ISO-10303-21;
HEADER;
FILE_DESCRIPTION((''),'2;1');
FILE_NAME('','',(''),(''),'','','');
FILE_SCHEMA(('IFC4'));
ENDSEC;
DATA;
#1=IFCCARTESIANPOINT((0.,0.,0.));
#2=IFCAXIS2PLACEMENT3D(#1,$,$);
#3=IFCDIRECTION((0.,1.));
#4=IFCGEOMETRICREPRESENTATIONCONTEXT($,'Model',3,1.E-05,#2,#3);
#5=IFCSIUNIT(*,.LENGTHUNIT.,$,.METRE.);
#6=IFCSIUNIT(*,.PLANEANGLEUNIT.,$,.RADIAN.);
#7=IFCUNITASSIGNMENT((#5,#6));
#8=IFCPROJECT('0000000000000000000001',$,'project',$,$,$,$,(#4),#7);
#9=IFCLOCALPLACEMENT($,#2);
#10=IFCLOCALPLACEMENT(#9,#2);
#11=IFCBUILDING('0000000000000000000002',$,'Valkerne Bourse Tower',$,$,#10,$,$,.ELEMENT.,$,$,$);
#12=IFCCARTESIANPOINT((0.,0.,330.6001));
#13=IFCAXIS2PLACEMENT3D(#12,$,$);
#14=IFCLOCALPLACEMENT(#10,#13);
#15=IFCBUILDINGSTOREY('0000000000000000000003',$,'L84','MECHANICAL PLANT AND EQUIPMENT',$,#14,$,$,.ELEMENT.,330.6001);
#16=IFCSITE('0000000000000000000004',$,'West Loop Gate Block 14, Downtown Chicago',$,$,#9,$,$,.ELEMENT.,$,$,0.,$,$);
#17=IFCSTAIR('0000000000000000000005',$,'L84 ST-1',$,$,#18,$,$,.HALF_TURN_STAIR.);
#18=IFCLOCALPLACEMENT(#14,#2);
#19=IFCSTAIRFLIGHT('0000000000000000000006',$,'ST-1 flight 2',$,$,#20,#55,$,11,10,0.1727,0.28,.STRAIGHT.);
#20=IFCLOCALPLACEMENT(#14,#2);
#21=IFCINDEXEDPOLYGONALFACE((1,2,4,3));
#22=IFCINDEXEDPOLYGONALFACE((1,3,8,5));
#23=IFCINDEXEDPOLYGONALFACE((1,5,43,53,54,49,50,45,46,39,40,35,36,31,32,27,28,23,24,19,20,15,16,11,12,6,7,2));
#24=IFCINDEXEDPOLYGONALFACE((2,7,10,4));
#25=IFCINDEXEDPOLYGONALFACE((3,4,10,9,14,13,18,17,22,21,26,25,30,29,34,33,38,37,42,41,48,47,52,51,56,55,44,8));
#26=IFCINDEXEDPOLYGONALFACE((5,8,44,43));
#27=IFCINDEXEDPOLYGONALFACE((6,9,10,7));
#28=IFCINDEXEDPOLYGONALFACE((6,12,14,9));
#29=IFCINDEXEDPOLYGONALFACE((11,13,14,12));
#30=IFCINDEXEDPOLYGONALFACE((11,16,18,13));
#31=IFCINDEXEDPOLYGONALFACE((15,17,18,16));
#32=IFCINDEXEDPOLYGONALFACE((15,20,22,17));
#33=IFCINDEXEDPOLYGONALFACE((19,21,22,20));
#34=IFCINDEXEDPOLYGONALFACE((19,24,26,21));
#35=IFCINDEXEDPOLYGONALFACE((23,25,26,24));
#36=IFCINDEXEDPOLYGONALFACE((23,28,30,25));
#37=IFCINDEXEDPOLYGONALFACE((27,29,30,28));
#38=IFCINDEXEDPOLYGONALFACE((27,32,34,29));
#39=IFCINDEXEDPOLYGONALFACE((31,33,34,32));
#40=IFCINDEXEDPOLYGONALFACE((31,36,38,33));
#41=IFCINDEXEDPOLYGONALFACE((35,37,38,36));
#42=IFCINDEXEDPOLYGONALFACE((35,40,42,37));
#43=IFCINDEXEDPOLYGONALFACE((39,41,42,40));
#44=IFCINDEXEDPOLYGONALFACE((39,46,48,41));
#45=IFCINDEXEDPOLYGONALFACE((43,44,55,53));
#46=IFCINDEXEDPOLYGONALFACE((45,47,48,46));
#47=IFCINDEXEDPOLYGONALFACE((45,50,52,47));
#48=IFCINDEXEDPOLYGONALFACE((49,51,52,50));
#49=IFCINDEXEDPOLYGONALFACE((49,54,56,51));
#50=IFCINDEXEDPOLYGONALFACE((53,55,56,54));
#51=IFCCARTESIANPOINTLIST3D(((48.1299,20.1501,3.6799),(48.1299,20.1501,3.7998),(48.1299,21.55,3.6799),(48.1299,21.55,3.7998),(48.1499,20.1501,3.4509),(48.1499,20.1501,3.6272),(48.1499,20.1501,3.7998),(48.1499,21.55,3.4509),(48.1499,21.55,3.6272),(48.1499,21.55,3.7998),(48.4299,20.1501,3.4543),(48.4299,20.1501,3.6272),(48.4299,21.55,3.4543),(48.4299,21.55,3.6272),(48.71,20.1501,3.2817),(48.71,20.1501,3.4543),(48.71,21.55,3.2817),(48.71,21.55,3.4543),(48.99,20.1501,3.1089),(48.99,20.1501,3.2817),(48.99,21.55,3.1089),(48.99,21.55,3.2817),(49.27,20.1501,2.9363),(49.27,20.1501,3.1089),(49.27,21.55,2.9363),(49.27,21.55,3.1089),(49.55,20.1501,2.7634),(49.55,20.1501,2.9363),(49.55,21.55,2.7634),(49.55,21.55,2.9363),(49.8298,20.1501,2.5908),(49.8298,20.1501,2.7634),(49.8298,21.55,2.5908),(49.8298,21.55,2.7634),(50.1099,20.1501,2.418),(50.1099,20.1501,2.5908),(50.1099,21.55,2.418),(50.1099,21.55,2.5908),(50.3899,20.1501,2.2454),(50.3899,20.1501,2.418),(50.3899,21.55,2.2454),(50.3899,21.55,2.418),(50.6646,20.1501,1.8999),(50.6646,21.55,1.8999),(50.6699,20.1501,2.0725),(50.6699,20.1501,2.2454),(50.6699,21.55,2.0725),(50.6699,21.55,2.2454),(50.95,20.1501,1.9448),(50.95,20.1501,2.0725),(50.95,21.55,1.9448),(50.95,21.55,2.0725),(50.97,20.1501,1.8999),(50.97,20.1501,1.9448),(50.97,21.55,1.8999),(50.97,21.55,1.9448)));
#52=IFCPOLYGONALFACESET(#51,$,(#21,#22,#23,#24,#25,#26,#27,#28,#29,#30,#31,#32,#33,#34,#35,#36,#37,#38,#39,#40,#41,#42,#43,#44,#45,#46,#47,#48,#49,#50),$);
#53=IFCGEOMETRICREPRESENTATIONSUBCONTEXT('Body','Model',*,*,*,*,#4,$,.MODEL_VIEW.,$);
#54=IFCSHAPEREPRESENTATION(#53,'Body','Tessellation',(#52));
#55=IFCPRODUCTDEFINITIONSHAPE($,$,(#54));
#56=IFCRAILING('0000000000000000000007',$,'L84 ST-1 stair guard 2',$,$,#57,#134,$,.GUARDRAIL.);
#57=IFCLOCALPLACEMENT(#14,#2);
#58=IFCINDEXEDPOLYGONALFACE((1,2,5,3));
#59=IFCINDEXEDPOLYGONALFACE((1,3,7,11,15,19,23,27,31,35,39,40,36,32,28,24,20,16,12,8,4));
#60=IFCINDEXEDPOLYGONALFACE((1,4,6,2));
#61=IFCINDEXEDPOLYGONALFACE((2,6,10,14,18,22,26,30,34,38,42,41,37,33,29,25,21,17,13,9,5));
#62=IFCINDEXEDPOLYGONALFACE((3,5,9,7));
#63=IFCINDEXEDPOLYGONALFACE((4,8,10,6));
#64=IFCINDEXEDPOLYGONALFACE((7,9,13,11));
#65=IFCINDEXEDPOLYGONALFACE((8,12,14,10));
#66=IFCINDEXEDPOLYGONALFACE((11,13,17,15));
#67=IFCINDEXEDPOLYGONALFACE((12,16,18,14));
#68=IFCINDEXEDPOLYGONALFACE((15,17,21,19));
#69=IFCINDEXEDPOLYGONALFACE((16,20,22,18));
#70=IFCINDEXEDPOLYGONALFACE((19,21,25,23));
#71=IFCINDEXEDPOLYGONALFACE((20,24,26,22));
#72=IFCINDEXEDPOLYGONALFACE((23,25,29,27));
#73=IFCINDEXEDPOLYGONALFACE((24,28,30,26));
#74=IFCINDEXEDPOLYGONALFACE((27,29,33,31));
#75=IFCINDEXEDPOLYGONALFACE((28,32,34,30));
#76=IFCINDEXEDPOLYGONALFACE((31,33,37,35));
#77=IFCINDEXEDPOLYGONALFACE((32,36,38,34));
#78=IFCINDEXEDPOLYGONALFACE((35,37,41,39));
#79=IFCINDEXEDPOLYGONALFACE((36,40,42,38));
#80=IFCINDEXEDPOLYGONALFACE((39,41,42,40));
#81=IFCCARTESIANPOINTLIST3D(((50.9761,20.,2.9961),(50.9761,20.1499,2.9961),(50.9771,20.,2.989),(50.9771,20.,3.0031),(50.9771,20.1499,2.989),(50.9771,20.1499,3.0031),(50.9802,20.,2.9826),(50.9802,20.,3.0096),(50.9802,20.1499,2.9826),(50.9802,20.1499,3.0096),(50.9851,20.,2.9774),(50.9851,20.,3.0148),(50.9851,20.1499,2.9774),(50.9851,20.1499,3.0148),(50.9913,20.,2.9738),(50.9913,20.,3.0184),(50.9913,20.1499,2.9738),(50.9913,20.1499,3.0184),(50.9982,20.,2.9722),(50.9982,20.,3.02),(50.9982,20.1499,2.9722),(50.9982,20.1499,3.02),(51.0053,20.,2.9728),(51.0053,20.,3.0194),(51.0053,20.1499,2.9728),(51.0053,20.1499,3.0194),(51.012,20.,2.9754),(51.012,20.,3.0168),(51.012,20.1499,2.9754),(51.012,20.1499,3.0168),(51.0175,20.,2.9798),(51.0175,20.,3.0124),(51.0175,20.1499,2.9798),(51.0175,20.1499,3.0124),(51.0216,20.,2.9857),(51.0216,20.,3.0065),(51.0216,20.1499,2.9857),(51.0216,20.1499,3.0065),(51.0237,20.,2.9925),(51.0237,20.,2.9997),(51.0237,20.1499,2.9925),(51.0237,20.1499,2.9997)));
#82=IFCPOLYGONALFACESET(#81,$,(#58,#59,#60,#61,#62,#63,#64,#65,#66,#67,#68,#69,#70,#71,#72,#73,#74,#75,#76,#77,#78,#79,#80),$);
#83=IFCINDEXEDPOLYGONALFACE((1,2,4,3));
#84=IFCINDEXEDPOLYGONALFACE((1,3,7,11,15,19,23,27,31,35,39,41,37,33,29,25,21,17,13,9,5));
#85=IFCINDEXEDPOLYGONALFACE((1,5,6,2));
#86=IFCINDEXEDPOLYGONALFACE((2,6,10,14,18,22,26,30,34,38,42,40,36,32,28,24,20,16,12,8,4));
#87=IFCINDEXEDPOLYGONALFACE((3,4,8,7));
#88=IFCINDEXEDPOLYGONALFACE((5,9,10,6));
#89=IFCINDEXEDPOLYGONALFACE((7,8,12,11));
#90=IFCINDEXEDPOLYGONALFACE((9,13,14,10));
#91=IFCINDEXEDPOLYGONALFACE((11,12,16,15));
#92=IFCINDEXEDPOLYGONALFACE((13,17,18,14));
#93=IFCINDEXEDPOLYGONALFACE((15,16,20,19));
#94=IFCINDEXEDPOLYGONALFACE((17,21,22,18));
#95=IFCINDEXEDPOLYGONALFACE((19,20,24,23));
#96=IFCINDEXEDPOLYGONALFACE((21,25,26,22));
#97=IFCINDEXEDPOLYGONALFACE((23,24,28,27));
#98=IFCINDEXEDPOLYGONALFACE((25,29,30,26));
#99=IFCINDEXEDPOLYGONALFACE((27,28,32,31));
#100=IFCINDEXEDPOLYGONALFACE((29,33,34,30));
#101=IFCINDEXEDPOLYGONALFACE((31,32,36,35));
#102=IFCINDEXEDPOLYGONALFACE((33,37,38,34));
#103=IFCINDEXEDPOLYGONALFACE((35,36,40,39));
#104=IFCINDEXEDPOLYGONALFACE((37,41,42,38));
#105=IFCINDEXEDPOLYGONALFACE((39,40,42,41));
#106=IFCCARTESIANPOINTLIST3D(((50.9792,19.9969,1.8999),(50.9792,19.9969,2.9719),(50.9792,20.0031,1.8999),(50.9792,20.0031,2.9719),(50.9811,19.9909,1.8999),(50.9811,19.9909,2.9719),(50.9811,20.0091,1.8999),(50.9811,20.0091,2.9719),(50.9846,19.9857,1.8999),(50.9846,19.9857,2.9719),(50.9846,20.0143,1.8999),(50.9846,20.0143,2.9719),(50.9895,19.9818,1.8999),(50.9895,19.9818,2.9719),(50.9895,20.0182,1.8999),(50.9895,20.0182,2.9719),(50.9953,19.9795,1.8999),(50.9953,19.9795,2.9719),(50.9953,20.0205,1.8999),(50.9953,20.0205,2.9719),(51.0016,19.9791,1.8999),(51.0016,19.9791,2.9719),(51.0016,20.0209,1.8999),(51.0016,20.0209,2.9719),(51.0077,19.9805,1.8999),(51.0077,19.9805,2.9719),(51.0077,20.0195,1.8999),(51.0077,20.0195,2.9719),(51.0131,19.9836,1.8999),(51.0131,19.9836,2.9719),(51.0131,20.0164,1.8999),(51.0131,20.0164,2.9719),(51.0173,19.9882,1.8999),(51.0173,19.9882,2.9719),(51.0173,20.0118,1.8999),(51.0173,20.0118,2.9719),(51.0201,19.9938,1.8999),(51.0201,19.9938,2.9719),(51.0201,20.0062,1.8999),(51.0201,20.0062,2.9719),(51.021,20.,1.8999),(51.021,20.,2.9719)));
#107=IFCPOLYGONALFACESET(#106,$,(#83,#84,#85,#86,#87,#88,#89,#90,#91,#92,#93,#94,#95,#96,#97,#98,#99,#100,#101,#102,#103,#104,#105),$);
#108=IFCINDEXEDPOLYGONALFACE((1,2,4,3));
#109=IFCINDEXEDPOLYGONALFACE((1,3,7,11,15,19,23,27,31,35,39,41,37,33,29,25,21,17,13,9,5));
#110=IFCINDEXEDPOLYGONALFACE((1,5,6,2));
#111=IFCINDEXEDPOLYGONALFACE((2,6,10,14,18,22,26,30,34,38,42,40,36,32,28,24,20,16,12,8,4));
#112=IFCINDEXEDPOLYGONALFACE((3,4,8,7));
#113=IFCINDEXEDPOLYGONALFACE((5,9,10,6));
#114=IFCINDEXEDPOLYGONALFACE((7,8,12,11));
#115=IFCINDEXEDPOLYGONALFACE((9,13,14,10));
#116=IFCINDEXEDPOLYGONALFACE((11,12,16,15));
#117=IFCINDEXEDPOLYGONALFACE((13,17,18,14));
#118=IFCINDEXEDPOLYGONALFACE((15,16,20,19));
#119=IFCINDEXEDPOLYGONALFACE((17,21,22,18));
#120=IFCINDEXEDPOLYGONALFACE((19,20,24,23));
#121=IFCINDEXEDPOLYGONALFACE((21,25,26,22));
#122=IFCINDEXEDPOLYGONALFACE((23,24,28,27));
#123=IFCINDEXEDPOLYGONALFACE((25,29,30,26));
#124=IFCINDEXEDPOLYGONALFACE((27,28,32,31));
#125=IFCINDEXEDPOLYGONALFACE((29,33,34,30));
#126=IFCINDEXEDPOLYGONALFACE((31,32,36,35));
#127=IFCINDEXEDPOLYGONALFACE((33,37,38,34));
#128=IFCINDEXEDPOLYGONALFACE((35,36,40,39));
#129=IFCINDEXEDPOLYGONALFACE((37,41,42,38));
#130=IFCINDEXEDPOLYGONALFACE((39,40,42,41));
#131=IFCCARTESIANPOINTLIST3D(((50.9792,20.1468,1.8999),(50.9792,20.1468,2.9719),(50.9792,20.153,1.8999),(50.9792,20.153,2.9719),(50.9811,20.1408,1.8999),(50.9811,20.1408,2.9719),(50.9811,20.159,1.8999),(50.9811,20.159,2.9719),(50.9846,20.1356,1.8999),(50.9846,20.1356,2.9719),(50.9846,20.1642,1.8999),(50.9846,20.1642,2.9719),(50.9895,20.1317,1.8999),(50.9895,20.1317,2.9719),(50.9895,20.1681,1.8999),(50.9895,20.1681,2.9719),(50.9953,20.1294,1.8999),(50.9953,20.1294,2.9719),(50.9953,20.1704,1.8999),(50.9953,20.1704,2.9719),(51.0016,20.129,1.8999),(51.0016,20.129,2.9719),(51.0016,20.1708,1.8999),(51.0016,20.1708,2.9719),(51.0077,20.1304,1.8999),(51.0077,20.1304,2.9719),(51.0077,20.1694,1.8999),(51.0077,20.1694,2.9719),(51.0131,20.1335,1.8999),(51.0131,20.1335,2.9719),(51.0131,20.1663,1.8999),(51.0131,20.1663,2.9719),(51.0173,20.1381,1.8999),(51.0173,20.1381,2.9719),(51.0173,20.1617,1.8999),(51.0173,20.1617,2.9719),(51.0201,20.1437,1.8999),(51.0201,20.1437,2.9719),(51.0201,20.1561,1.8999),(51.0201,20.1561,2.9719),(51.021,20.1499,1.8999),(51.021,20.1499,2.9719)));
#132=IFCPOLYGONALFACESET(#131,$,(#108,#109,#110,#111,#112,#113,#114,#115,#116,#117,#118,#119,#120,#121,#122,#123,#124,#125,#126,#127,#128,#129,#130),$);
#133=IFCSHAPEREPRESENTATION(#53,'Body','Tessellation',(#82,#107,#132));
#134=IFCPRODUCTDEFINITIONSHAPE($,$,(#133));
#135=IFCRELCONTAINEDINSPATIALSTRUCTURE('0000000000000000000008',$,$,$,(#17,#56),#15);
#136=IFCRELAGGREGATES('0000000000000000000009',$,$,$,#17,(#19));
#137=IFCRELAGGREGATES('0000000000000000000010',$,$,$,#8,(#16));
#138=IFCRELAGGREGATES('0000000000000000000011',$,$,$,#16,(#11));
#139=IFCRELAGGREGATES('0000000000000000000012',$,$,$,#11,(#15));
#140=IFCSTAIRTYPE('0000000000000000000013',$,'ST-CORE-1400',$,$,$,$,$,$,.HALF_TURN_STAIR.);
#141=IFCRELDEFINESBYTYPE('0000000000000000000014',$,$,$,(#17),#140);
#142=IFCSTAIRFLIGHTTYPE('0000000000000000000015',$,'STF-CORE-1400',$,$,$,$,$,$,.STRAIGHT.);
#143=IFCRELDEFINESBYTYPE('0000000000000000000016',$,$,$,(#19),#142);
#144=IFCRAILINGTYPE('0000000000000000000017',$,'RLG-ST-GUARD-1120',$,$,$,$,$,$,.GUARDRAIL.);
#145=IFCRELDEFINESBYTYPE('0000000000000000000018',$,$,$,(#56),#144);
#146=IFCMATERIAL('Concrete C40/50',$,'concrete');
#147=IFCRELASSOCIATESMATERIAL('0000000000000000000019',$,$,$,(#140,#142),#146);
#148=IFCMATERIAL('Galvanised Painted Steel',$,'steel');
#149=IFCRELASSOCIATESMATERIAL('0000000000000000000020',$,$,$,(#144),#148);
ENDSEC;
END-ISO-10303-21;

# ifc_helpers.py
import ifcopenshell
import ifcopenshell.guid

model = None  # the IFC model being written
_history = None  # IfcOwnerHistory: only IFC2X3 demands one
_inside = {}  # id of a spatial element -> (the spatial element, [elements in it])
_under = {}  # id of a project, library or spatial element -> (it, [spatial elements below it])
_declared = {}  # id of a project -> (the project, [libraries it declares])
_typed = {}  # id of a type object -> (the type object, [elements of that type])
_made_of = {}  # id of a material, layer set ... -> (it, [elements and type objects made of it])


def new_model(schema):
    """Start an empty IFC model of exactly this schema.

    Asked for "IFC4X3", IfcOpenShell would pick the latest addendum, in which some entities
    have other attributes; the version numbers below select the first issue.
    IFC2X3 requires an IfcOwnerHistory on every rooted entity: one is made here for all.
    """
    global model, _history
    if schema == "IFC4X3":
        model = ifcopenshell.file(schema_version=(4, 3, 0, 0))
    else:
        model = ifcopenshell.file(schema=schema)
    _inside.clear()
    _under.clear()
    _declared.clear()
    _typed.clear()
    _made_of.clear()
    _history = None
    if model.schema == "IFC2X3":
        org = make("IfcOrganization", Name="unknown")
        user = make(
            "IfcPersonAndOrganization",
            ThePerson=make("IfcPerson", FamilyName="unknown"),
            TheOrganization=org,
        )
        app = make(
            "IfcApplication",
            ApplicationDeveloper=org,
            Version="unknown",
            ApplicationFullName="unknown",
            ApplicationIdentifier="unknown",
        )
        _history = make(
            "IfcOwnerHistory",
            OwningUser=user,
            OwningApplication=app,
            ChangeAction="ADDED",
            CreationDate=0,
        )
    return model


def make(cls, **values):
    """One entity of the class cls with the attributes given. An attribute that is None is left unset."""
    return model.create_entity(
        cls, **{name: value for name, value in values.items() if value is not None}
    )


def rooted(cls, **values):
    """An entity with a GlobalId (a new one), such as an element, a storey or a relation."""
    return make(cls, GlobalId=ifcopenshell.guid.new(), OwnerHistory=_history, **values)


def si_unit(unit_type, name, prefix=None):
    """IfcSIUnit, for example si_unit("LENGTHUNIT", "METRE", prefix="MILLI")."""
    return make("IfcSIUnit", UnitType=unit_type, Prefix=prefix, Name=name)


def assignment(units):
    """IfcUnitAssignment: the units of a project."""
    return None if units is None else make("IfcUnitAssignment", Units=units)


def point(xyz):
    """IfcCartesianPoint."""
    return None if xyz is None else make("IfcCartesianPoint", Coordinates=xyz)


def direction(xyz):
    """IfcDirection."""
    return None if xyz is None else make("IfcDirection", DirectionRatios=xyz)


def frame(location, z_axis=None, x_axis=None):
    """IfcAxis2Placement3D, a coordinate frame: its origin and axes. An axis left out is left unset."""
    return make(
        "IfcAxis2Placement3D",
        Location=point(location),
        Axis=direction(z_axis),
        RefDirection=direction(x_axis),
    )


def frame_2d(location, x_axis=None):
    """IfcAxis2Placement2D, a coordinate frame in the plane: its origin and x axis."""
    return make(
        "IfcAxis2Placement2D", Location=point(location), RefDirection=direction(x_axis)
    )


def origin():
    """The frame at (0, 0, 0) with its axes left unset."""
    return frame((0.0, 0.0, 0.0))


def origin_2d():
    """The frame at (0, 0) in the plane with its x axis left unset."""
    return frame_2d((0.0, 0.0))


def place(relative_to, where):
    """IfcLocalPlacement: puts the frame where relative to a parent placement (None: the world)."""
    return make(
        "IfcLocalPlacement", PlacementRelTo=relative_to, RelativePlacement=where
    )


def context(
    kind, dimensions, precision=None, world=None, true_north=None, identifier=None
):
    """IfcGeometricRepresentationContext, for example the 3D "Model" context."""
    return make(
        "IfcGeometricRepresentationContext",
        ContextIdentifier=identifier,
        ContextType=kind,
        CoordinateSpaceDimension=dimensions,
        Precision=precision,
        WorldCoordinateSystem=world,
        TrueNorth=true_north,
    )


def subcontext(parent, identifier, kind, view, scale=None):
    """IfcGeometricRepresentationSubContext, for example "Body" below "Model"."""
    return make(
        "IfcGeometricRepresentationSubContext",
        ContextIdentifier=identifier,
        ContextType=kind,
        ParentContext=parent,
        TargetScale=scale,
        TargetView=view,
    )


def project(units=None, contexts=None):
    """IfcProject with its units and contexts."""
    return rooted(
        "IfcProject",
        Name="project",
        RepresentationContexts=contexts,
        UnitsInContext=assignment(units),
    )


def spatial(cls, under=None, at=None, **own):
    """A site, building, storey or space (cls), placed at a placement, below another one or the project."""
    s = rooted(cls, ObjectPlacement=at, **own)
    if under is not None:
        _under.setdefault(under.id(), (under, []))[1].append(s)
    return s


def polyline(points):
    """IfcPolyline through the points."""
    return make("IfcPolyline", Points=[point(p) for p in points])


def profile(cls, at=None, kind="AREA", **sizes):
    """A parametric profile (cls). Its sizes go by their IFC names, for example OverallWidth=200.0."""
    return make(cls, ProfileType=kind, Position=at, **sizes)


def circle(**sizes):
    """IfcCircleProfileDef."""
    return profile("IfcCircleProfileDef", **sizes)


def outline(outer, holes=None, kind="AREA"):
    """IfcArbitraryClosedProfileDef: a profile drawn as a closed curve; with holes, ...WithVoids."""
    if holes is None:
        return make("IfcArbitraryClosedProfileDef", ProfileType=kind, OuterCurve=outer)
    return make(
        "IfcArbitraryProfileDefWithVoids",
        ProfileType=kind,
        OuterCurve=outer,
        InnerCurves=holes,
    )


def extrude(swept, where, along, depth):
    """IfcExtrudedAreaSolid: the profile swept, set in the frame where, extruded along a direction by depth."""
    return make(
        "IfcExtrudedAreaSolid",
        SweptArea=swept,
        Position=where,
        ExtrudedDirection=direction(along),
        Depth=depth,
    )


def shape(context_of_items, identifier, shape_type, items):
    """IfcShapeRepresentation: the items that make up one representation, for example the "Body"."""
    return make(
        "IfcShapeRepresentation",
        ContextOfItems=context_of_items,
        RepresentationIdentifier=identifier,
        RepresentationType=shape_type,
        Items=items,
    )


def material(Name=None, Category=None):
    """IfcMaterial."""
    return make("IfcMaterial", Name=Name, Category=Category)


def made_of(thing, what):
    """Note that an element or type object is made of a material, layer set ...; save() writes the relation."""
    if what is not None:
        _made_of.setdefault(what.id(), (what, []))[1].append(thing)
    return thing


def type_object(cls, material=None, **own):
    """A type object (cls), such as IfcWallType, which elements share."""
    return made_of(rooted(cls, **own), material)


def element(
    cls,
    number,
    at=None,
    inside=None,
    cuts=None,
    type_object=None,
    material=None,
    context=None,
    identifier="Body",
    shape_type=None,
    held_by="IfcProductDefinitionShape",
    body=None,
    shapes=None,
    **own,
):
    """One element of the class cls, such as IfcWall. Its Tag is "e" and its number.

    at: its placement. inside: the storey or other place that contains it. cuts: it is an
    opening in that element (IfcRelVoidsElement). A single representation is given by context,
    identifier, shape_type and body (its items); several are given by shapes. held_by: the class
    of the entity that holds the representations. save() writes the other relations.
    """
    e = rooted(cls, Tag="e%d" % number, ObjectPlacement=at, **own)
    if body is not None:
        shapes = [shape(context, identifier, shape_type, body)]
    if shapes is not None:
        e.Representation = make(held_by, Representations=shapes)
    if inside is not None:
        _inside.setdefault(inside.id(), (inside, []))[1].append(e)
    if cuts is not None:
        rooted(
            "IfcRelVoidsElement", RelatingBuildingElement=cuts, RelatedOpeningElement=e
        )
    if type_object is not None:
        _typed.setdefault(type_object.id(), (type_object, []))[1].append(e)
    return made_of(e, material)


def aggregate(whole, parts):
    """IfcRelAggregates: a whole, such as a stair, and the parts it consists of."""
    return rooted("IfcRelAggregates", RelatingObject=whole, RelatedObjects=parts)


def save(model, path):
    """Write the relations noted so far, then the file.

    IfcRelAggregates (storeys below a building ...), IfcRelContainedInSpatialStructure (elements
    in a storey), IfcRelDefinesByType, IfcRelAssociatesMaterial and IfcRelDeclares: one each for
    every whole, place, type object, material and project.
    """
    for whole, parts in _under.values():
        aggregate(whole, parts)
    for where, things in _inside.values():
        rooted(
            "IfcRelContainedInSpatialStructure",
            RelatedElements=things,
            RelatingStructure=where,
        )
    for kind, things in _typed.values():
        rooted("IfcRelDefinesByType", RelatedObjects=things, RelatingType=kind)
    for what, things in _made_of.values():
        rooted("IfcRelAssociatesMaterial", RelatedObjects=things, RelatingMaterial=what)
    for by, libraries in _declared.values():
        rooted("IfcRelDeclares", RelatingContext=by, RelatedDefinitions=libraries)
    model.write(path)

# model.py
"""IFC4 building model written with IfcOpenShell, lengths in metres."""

from ifc_helpers import new_model, si_unit, direction, frame, origin, origin_2d, place, context, subcontext, project, spatial, polyline, circle, outline, extrude, material, type_object, element, aggregate, save


model = new_model("IFC4")

# Units and contexts
model_context = context("Model", 3, precision=1e-05, world=origin(), true_north=direction((0.0, 1.0)))
body_context = subcontext(model_context, "Body", "Model", "MODEL_VIEW")
ifc_project = project(units=[si_unit("LENGTHUNIT", "METRE"), si_unit("PLANEANGLEUNIT", "RADIAN")], contexts=[model_context])

# Site, building, storey
site_placement = place(None, origin())
site = spatial("IfcSite", under=ifc_project, at=site_placement, Name="West Loop Gate Block 14, Downtown Chicago", CompositionType="ELEMENT", RefElevation=0.0)
building_placement = place(site_placement, origin())
building = spatial("IfcBuilding", under=site, at=building_placement, Name="Valkerne Bourse Tower", CompositionType="ELEMENT")
storey_placement = place(building_placement, frame((0.0, 0.0, 330.6001)))
storey = spatial("IfcBuildingStorey", under=building, at=storey_placement, Name="L84", Description="MECHANICAL PLANT AND EQUIPMENT", CompositionType="ELEMENT", Elevation=330.6001)

# Shared definitions
ifc_material_1 = material(Name="Galvanised Painted Steel", Category="steel")

# Shared definitions
ifc_material_2 = material(Name="Concrete C40/50", Category="concrete")

# Stair, stair flight
stair_type = type_object("IfcStairType", Name="ST-CORE-1400", PredefinedType="HALF_TURN_STAIR", material=ifc_material_2)
stair_placement = place(storey_placement, origin())
stair = element("IfcStair", 1, at=stair_placement, inside=storey, type_object=stair_type, Name="L84 ST-1", PredefinedType="HALF_TURN_STAIR")
stair_flight_type = type_object("IfcStairFlightType", Name="STF-CORE-1400", PredefinedType="STRAIGHT", material=ifc_material_2)
stair_flight_placement = place(storey_placement, frame((50.95, 20.8501, 1.8999), z_axis=(0.0, 0.0, 1.0), x_axis=(-1.0, 0.0, 0.0)))
stair_flight = element("IfcStairFlight", 2, at=stair_flight_placement, type_object=stair_flight_type, Name="ST-1 flight 2", NumberOfRisers=11, NumberOfTreads=10, PredefinedType="STRAIGHT", RiserHeight=0.1727, TreadLength=0.28, context=body_context, shape_type="SweptSolid", body=[
    extrude(outline(polyline([(-0.02, 0.0), (-0.02, 0.0449), (0.0, 0.0449), (0.0, 0.1726), (0.28, 0.1726), (0.28, 0.3455), (0.5601, 0.3455), (0.5601, 0.5181), (0.8401, 0.5181), (0.8401, 0.6909), (1.1201, 0.6909), (1.1201, 0.8635), (1.3999, 0.8635), (1.3999, 1.0364), (1.6799, 1.0364), (1.6799, 1.209), (1.96, 1.209), (1.96, 1.3818), (2.24, 1.3818), (2.24, 1.5544), (2.52, 1.5544), (2.52, 1.7273), (2.8, 1.7273), (2.8, 1.8999), (2.8201, 1.8999), (2.8201, 1.78), (2.8, 1.551), (0.2854, 0.0), (-0.02, 0.0)])), frame((0.0, 0.7, 0.0), z_axis=(0.0, -1.0, 0.0), x_axis=(1.0, 0.0, 0.0)), (0.0, 0.0, 1.0), 1.3999),
])
aggregate(stair, [stair_flight])

# Railing
railing_type_1 = type_object("IfcRailingType", Name="RLG-ST-GUARD-1120", PredefinedType="GUARDRAIL", material=ifc_material_1)
railing_1_placement = place(storey_placement, frame((51.0, 20.0, 1.8999)))
element("IfcRailing", 3, at=railing_1_placement, inside=storey, type_object=railing_type_1, Name="L84 ST-1 stair guard 2", PredefinedType="GUARDRAIL", context=body_context, shape_type="SweptSolid", body=[
    extrude(circle(Radius=0.0239, at=origin_2d()), frame((0.0, 0.0, 1.0962), z_axis=(0.0, 1.0, 0.0), x_axis=(-1.0, 0.0, 0.0)), (0.0, 0.0, 1.0), 0.1499),
    extrude(circle(Radius=0.021, at=origin_2d()), origin(), (0.0, 0.0, 1.0), 1.072),
    extrude(circle(Radius=0.021, at=origin_2d()), frame((0.0, 0.1499, 0.0)), (0.0, 0.0, 1.0), 1.072),
])

save(model, "model.ifc")
